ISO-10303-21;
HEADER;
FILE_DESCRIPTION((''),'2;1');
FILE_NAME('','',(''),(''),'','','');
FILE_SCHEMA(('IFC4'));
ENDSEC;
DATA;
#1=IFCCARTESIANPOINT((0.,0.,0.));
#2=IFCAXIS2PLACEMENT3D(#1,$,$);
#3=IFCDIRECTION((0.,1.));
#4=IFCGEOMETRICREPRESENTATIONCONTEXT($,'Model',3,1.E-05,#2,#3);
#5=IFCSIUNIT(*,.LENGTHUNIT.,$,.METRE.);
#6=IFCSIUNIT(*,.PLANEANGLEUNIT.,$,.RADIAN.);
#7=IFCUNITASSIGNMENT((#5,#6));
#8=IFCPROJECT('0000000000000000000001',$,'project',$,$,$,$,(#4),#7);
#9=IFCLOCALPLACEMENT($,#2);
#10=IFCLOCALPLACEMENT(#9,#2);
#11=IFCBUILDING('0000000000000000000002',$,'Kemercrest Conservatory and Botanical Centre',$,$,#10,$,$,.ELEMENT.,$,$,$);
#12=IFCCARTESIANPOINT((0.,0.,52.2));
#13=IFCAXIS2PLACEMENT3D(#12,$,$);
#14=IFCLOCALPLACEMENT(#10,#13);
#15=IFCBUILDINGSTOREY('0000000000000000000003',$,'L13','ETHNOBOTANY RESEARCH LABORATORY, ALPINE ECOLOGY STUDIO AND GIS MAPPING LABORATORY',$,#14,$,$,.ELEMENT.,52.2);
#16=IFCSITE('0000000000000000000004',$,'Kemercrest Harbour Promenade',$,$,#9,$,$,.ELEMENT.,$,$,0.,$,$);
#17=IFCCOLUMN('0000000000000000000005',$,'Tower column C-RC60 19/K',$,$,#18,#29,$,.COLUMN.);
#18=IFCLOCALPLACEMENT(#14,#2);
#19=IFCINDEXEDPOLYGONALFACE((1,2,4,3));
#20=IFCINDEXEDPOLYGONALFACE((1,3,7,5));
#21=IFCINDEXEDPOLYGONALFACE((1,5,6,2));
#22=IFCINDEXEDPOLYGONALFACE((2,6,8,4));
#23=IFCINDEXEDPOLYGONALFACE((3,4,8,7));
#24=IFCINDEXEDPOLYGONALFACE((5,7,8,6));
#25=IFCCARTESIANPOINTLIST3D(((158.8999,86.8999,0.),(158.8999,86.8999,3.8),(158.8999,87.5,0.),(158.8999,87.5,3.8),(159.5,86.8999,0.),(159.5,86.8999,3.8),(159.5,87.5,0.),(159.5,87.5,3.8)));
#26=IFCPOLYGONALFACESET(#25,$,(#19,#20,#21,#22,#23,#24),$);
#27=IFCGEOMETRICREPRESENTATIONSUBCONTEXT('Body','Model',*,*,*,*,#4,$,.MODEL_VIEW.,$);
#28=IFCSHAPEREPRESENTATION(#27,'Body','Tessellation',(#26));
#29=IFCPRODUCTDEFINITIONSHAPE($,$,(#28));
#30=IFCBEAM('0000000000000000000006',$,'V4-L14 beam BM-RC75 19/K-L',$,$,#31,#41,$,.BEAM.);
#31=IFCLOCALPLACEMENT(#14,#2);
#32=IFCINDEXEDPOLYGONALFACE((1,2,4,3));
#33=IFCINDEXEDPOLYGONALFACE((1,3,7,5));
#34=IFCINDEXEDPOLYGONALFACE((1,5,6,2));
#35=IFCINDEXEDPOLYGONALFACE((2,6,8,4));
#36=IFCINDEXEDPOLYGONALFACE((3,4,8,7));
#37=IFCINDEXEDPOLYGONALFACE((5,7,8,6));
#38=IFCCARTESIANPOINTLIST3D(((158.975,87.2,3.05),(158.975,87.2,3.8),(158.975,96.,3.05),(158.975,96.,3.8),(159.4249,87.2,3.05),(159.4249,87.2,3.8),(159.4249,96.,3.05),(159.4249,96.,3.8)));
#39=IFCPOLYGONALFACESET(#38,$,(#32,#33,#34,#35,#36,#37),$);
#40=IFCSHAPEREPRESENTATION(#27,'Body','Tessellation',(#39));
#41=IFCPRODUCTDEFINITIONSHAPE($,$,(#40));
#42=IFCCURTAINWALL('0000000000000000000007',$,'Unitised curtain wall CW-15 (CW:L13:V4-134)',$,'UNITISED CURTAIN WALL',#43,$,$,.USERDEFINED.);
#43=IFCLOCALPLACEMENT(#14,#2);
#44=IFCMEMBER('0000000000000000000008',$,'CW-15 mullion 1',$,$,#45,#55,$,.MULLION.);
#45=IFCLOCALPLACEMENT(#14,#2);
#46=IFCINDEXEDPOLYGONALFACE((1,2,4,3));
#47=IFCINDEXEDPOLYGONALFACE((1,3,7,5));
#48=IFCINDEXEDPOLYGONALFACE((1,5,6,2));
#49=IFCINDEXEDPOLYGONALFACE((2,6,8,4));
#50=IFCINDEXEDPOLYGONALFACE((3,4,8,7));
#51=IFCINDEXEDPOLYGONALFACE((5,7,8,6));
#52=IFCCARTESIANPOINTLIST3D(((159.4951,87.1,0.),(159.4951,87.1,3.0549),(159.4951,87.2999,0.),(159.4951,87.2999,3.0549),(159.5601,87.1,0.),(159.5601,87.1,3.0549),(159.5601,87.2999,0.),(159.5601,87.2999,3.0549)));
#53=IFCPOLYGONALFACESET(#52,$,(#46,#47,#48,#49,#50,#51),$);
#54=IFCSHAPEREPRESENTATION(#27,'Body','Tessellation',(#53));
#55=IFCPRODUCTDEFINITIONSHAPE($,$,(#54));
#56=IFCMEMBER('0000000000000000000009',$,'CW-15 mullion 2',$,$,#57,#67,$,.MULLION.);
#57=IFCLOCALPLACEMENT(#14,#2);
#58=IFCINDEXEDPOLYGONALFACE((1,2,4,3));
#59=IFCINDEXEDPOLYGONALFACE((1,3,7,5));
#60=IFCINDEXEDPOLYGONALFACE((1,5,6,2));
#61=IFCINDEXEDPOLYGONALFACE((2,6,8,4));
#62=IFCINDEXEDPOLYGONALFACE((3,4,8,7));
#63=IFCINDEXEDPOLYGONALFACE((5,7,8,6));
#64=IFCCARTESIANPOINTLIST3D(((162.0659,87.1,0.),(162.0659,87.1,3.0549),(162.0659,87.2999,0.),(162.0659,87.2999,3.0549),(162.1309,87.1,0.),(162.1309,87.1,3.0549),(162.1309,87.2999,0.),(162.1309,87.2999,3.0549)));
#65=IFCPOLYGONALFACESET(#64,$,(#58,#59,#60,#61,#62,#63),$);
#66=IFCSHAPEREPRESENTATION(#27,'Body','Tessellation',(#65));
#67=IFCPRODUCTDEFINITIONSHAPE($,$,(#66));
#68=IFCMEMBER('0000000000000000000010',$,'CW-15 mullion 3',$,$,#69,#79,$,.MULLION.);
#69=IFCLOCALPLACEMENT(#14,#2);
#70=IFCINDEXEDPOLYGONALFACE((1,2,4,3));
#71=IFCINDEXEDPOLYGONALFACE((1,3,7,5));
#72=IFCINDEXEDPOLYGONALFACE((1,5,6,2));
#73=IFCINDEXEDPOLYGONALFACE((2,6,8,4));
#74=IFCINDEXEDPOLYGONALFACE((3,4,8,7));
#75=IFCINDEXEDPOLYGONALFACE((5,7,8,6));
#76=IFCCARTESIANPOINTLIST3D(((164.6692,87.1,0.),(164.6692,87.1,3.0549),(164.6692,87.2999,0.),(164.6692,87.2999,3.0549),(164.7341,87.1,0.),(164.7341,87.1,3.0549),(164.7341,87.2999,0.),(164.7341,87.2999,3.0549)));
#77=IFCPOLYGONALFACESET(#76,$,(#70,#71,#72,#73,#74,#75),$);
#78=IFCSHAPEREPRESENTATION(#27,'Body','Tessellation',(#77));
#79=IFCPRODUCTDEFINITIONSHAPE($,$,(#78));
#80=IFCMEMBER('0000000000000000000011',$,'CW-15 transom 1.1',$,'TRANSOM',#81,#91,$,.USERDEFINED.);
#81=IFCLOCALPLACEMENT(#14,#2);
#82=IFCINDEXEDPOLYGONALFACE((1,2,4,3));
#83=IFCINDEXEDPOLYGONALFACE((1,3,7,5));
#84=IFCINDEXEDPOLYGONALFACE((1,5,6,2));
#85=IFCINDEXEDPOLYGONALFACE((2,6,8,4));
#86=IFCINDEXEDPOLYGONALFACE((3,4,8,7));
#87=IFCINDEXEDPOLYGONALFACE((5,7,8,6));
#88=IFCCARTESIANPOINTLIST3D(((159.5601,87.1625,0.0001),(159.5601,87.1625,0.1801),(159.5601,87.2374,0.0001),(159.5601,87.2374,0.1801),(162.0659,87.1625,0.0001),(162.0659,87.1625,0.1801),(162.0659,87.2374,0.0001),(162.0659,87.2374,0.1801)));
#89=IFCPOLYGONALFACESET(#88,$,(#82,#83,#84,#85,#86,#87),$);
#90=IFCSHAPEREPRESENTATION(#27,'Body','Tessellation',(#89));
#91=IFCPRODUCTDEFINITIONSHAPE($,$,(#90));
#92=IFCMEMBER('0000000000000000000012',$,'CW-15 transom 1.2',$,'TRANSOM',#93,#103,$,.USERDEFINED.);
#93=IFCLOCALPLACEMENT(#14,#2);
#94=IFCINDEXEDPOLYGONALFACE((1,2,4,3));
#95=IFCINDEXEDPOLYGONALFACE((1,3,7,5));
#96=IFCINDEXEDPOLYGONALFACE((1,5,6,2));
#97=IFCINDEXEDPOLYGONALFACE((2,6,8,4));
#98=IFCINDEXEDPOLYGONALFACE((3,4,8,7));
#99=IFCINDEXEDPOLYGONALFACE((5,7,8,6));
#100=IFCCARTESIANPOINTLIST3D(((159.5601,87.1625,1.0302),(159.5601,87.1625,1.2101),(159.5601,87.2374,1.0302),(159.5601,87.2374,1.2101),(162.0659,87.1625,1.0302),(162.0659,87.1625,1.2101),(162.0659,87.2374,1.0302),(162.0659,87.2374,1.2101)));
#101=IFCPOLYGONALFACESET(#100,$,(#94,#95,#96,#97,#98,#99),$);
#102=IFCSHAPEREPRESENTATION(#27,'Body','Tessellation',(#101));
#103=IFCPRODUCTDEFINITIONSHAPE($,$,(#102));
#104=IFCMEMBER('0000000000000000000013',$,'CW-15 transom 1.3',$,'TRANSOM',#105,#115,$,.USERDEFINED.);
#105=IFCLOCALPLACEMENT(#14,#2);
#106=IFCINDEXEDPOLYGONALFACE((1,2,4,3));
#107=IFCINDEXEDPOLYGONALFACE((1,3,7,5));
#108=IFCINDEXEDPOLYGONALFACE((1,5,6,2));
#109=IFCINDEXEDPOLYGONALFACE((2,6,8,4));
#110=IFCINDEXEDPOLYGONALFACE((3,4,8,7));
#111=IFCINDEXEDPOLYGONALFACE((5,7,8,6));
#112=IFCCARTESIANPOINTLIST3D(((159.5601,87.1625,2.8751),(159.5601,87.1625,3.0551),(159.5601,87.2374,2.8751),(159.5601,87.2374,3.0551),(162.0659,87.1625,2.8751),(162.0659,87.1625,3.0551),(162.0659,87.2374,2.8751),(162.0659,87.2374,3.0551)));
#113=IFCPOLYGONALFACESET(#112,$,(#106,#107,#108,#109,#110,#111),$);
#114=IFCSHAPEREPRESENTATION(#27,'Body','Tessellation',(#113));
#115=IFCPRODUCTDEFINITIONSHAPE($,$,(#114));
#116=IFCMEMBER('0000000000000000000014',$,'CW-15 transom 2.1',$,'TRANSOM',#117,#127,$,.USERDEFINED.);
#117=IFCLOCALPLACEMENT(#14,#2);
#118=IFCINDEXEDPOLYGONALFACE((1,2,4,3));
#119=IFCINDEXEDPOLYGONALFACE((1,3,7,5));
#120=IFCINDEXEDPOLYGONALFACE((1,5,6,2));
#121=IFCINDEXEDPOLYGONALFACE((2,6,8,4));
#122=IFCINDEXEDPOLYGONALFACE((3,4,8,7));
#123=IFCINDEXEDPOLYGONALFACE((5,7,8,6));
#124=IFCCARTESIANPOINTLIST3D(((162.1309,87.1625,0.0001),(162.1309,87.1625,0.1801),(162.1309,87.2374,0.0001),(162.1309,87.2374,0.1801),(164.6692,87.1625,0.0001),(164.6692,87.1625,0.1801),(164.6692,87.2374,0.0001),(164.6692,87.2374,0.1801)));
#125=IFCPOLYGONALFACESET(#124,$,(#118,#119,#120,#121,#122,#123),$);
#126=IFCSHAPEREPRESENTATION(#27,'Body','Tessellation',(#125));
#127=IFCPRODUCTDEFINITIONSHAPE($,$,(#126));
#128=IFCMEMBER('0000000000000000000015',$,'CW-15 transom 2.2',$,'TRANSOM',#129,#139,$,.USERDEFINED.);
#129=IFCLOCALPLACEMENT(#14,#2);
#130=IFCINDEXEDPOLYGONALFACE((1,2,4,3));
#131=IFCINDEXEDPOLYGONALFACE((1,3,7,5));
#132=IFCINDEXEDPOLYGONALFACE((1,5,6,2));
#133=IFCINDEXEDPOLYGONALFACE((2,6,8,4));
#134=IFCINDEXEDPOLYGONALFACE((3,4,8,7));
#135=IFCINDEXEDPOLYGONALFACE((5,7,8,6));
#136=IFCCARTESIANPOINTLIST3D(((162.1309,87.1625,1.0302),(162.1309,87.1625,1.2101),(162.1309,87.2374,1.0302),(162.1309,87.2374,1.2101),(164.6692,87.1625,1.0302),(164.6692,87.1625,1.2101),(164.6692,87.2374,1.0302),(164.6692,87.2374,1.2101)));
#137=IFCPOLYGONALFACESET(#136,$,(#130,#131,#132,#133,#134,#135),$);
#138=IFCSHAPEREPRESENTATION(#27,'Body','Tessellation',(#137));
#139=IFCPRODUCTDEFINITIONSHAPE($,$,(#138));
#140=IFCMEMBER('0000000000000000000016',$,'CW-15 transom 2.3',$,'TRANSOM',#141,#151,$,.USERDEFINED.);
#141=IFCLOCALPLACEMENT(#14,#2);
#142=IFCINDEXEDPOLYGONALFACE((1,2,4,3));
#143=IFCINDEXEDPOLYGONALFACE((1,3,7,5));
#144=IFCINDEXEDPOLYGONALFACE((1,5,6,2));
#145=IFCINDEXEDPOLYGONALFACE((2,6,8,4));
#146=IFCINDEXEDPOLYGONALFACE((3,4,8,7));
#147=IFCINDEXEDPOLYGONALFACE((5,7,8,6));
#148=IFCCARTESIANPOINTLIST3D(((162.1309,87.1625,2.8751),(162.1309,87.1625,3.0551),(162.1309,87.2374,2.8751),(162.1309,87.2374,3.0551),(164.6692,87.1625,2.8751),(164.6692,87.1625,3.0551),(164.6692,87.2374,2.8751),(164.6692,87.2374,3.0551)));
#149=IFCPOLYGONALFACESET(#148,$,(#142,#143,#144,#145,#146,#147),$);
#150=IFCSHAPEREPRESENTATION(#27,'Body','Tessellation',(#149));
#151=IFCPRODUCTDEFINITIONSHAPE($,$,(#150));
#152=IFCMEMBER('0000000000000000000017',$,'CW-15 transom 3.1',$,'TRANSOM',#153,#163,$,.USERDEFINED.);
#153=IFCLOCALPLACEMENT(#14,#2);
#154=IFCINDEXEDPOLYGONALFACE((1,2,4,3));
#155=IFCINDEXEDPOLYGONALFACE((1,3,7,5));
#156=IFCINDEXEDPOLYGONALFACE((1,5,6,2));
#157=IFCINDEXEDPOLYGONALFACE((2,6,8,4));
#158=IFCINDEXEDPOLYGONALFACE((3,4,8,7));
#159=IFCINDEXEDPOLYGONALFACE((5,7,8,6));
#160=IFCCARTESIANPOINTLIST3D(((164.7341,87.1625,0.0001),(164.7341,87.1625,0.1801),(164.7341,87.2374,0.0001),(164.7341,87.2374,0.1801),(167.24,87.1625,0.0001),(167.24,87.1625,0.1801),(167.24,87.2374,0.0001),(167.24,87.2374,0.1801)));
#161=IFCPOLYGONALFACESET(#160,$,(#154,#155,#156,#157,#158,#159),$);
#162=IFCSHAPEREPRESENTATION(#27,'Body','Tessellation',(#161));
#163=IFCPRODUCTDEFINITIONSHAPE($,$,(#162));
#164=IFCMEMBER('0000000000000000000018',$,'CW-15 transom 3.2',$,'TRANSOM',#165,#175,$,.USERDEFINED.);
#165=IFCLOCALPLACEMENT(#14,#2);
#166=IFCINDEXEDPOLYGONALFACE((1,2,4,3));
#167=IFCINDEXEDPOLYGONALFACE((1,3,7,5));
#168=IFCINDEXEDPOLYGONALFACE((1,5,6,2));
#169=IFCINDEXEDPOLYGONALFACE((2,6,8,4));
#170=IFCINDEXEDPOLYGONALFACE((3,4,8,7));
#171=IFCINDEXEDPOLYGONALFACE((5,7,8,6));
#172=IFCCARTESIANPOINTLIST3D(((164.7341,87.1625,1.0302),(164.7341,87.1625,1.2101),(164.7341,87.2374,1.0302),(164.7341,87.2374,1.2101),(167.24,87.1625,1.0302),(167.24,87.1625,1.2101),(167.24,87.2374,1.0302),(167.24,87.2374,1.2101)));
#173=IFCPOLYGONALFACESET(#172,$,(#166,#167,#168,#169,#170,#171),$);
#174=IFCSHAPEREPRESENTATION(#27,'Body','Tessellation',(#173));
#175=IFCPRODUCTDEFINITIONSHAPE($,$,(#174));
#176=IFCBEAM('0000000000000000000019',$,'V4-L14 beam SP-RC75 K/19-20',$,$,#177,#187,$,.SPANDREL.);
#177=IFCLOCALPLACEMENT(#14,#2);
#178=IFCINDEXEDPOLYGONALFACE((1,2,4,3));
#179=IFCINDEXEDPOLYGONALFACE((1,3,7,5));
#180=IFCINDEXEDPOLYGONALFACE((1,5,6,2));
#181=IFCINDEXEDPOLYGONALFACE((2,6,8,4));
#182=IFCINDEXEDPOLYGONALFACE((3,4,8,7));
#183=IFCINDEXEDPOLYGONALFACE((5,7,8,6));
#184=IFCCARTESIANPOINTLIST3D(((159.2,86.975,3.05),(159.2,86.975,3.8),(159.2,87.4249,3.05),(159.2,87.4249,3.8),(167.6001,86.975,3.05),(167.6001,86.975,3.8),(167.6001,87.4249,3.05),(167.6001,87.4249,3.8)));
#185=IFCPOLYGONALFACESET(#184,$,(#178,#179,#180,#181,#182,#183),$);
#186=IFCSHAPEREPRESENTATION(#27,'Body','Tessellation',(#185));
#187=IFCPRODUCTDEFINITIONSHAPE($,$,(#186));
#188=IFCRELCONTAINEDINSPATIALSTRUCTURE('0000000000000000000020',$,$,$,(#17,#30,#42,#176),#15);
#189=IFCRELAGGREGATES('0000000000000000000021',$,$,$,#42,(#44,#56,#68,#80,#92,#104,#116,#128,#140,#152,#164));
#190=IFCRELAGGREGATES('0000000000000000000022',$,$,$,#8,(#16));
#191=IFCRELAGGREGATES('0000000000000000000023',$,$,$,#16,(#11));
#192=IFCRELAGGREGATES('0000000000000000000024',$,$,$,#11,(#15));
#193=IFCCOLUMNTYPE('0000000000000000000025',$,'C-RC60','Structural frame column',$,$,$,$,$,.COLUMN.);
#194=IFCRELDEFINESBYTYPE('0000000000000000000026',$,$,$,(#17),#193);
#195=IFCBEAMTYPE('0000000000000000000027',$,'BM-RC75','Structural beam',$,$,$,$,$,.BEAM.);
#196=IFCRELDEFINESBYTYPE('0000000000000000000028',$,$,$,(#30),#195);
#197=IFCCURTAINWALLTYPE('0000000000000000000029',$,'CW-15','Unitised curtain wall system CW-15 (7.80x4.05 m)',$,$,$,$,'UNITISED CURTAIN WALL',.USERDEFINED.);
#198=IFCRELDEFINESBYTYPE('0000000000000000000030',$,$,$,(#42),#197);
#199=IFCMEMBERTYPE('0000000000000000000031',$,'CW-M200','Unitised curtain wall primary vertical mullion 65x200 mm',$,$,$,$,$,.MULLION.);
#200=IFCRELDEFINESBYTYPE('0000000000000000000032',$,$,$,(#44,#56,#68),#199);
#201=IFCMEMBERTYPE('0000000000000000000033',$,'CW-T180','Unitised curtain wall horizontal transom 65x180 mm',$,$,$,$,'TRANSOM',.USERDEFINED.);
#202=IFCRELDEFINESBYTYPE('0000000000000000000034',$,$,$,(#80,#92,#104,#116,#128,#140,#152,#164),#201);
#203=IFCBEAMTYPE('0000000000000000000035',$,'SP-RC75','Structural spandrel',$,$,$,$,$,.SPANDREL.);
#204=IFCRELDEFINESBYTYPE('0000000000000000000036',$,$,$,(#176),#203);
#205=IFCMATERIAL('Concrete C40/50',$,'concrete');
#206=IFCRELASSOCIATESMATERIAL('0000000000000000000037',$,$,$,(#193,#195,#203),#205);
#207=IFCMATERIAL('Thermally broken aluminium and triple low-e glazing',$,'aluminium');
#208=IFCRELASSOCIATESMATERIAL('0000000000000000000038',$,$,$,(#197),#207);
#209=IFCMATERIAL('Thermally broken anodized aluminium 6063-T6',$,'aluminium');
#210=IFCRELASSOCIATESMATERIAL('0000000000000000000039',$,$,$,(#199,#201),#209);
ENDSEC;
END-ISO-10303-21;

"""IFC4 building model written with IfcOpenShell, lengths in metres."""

from ifc_helpers import new_model, si_unit, direction, frame, origin, origin_2d, place, context, subcontext, project, spatial, rectangle, extrude, material, material_profile, profile_set, type_object, element, aggregate, save


model = new_model("IFC4")

# Units and contexts
model_context = context("Model", 3, precision=1e-05, world=origin(), true_north=direction((0.0, 1.0)))
body_context = subcontext(model_context, "Body", "Model", "MODEL_VIEW")
ifc_project = project(units=[si_unit("LENGTHUNIT", "METRE"), si_unit("PLANEANGLEUNIT", "RADIAN")], contexts=[model_context])

# Site, building, storey
site_placement = place(None, origin())
site = spatial("IfcSite", under=ifc_project, at=site_placement, Name="Kemercrest Harbour Promenade", CompositionType="ELEMENT", RefElevation=0.0)
building_placement = place(site_placement, origin())
building = spatial("IfcBuilding", under=site, at=building_placement, Name="Kemercrest Conservatory and Botanical Centre", CompositionType="ELEMENT")
storey_placement = place(building_placement, frame((0.0, 0.0, 52.2)))
storey = spatial("IfcBuildingStorey", under=building, at=storey_placement, Name="L13", Description="ETHNOBOTANY RESEARCH LABORATORY, ALPINE ECOLOGY STUDIO AND GIS MAPPING LABORATORY", CompositionType="ELEMENT", Elevation=52.2)

# Column
ifc_material_1 = material(Name="Concrete C40/50", Category="concrete")
ifc_material_profile_1 = material_profile(ifc_material_1, rectangle(XDim=0.6001, YDim=0.6001, at=origin_2d()), Name="RC 600x600")
ifc_profile_set_1 = profile_set([ifc_material_profile_1], Name="Concrete C40/50")
column_type = type_object("IfcColumnType", Name="C-RC60", Description="Structural frame column", PredefinedType="COLUMN", material=ifc_profile_set_1)
column_placement = place(storey_placement, frame((159.2, 87.2, 0.0), z_axis=(0.0, 0.0, 1.0), x_axis=(1.0, 0.0, 0.0)))
element("IfcColumn", 1, at=column_placement, inside=storey, type_object=column_type, Name="Tower column C-RC60 19/K", PredefinedType="COLUMN", context=body_context, shape_type="SweptSolid", body=[
    extrude(rectangle(XDim=0.6001, YDim=0.6001, at=origin_2d()), origin(), (0.0, 0.0, 1.0), 3.8),
])

# Beam
ifc_material_profile_2 = material_profile(ifc_material_1, rectangle(XDim=0.45, YDim=0.75, at=origin_2d()), Name="RC 450x750")
ifc_profile_set_2 = profile_set([ifc_material_profile_2], Name="Concrete C40/50")
beam_type_1 = type_object("IfcBeamType", Name="BM-RC75", Description="Structural beam", PredefinedType="BEAM", material=ifc_profile_set_2)
beam_1_placement = place(storey_placement, frame((159.2, 87.2, 3.425), z_axis=(0.0, 1.0, 0.0), x_axis=(-1.0, 0.0, 0.0)))
element("IfcBeam", 2, at=beam_1_placement, inside=storey, type_object=beam_type_1, Name="V4-L14 beam BM-RC75 19/K-L", PredefinedType="BEAM", context=body_context, shape_type="SweptSolid", body=[
    extrude(rectangle(XDim=0.45, YDim=0.75, at=origin_2d()), origin(), (0.0, 0.0, 1.0), 8.8),
])

# Curtain wall, members
ifc_material_2 = material(Name="Thermally broken aluminium and triple low-e glazing", Category="aluminium")
curtain_wall_type = type_object("IfcCurtainWallType", Name="CW-15", Description="Unitised curtain wall system CW-15 (7.80x4.05 m)", ElementType="UNITISED CURTAIN WALL", PredefinedType="USERDEFINED", material=ifc_material_2)
curtain_wall_placement = place(storey_placement, origin())
curtain_wall = element("IfcCurtainWall", 3, at=curtain_wall_placement, inside=storey, type_object=curtain_wall_type, Name="Unitised curtain wall CW-15 (CW:L13:V4-134)", ObjectType="UNITISED CURTAIN WALL", PredefinedType="USERDEFINED")
ifc_material_3 = material(Name="Thermally broken anodized aluminium 6063-T6", Category="aluminium")
ifc_material_profile_3 = material_profile(ifc_material_3, rectangle(XDim=0.2, YDim=0.0649, at=origin_2d()), Name="AL MULLION 65x200")
ifc_profile_set_3 = profile_set([ifc_material_profile_3], Name="Thermally broken anodized aluminium 6063-T6")
member_type_1 = type_object("IfcMemberType", Name="CW-M200", Description="Unitised curtain wall primary vertical mullion 65x200 mm", PredefinedType="MULLION", material=ifc_profile_set_3)
member_1_placement = place(storey_placement, frame((159.5276, 87.2, 0.0), z_axis=(0.0, 0.0, 1.0), x_axis=(0.0, 1.0, 0.0)))
member_1 = element("IfcMember", 4, at=member_1_placement, type_object=member_type_1, Name="CW-15 mullion 1", PredefinedType="MULLION", context=body_context, shape_type="SweptSolid", body=[
    extrude(rectangle(XDim=0.2, YDim=0.0649, at=origin_2d()), origin(), (0.0, 0.0, 1.0), 3.0549),
])
member_2_placement = place(storey_placement, frame((162.0984, 87.2, 0.0), z_axis=(0.0, 0.0, 1.0), x_axis=(0.0, 1.0, 0.0)))
member_2 = element("IfcMember", 5, at=member_2_placement, type_object=member_type_1, Name="CW-15 mullion 2", PredefinedType="MULLION", context=body_context, shape_type="SweptSolid", body=[
    extrude(rectangle(XDim=0.2, YDim=0.0649, at=origin_2d()), origin(), (0.0, 0.0, 1.0), 3.0549),
])
member_3_placement = place(storey_placement, frame((164.7017, 87.2, 0.0), z_axis=(0.0, 0.0, 1.0), x_axis=(0.0, 1.0, 0.0)))
member_3 = element("IfcMember", 6, at=member_3_placement, type_object=member_type_1, Name="CW-15 mullion 3", PredefinedType="MULLION", context=body_context, shape_type="SweptSolid", body=[
    extrude(rectangle(XDim=0.2, YDim=0.0649, at=origin_2d()), origin(), (0.0, 0.0, 1.0), 3.0549),
])
ifc_material_profile_4 = material_profile(ifc_material_3, rectangle(XDim=0.075, YDim=0.1799, at=origin_2d()), Name="AL TRANSOM 75x180")
ifc_profile_set_4 = profile_set([ifc_material_profile_4], Name="Thermally broken anodized aluminium 6063-T6")
member_type_2 = type_object("IfcMemberType", Name="CW-T180", Description="Unitised curtain wall horizontal transom 65x180 mm", ElementType="TRANSOM", PredefinedType="USERDEFINED", material=ifc_profile_set_4)
member_4_placement = place(storey_placement, frame((159.5601, 87.2, 0.0901), z_axis=(1.0, 0.0, 0.0), x_axis=(0.0, 1.0, 0.0)))
member_4 = element("IfcMember", 7, at=member_4_placement, type_object=member_type_2, Name="CW-15 transom 1.1", ObjectType="TRANSOM", PredefinedType="USERDEFINED", context=body_context, shape_type="SweptSolid", body=[
    extrude(rectangle(XDim=0.075, YDim=0.1799, at=origin_2d()), origin(), (0.0, 0.0, 1.0), 2.5059),
])
member_5_placement = place(storey_placement, frame((159.5601, 87.2, 1.1201), z_axis=(1.0, 0.0, 0.0), x_axis=(0.0, 1.0, 0.0)))
member_5 = element("IfcMember", 8, at=member_5_placement, type_object=member_type_2, Name="CW-15 transom 1.2", ObjectType="TRANSOM", PredefinedType="USERDEFINED", context=body_context, shape_type="SweptSolid", body=[
    extrude(rectangle(XDim=0.075, YDim=0.1799, at=origin_2d()), origin(), (0.0, 0.0, 1.0), 2.5059),
])
member_6_placement = place(storey_placement, frame((159.5601, 87.2, 2.9651), z_axis=(1.0, 0.0, 0.0), x_axis=(0.0, 1.0, 0.0)))
member_6 = element("IfcMember", 9, at=member_6_placement, type_object=member_type_2, Name="CW-15 transom 1.3", ObjectType="TRANSOM", PredefinedType="USERDEFINED", context=body_context, shape_type="SweptSolid", body=[
    extrude(rectangle(XDim=0.075, YDim=0.1799, at=origin_2d()), origin(), (0.0, 0.0, 1.0), 2.5059),
])
member_7_placement = place(storey_placement, frame((162.1309, 87.2, 0.0901), z_axis=(1.0, 0.0, 0.0), x_axis=(0.0, 1.0, 0.0)))
member_7 = element("IfcMember", 10, at=member_7_placement, type_object=member_type_2, Name="CW-15 transom 2.1", ObjectType="TRANSOM", PredefinedType="USERDEFINED", context=body_context, shape_type="SweptSolid", body=[
    extrude(rectangle(XDim=0.075, YDim=0.1799, at=origin_2d()), origin(), (0.0, 0.0, 1.0), 2.5383),
])
member_8_placement = place(storey_placement, frame((162.1309, 87.2, 1.1201), z_axis=(1.0, 0.0, 0.0), x_axis=(0.0, 1.0, 0.0)))
member_8 = element("IfcMember", 11, at=member_8_placement, type_object=member_type_2, Name="CW-15 transom 2.2", ObjectType="TRANSOM", PredefinedType="USERDEFINED", context=body_context, shape_type="SweptSolid", body=[
    extrude(rectangle(XDim=0.075, YDim=0.1799, at=origin_2d()), origin(), (0.0, 0.0, 1.0), 2.5383),
])
member_9_placement = place(storey_placement, frame((162.1309, 87.2, 2.9651), z_axis=(1.0, 0.0, 0.0), x_axis=(0.0, 1.0, 0.0)))
member_9 = element("IfcMember", 12, at=member_9_placement, type_object=member_type_2, Name="CW-15 transom 2.3", ObjectType="TRANSOM", PredefinedType="USERDEFINED", context=body_context, shape_type="SweptSolid", body=[
    extrude(rectangle(XDim=0.075, YDim=0.1799, at=origin_2d()), origin(), (0.0, 0.0, 1.0), 2.5383),
])
member_10_placement = place(storey_placement, frame((164.7341, 87.2, 0.0901), z_axis=(1.0, 0.0, 0.0), x_axis=(0.0, 1.0, 0.0)))
member_10 = element("IfcMember", 13, at=member_10_placement, type_object=member_type_2, Name="CW-15 transom 3.1", ObjectType="TRANSOM", PredefinedType="USERDEFINED", context=body_context, shape_type="SweptSolid", body=[
    extrude(rectangle(XDim=0.075, YDim=0.1799, at=origin_2d()), origin(), (0.0, 0.0, 1.0), 2.5059),
])
member_11_placement = place(storey_placement, frame((164.7341, 87.2, 1.1201), z_axis=(1.0, 0.0, 0.0), x_axis=(0.0, 1.0, 0.0)))
member_11 = element("IfcMember", 14, at=member_11_placement, type_object=member_type_2, Name="CW-15 transom 3.2", ObjectType="TRANSOM", PredefinedType="USERDEFINED", context=body_context, shape_type="SweptSolid", body=[
    extrude(rectangle(XDim=0.075, YDim=0.1799, at=origin_2d()), origin(), (0.0, 0.0, 1.0), 2.5059),
])

# Beam
ifc_material_profile_5 = material_profile(ifc_material_1, rectangle(XDim=0.45, YDim=0.75, at=origin_2d()), Name="RC 450x750")
ifc_profile_set_5 = profile_set([ifc_material_profile_5], Name="Concrete C40/50")
beam_type_2 = type_object("IfcBeamType", Name="SP-RC75", Description="Structural spandrel", PredefinedType="SPANDREL", material=ifc_profile_set_5)
beam_2_placement = place(storey_placement, frame((159.2, 87.2, 3.425), z_axis=(1.0, 0.0, 0.0), x_axis=(0.0, 1.0, 0.0)))
element("IfcBeam", 15, at=beam_2_placement, inside=storey, type_object=beam_type_2, Name="V4-L14 beam SP-RC75 K/19-20", PredefinedType="SPANDREL", context=body_context, shape_type="SweptSolid", body=[
    extrude(rectangle(XDim=0.45, YDim=0.75, at=origin_2d()), origin(), (0.0, 0.0, 1.0), 8.4001),
])

aggregate(curtain_wall, [member_1, member_2, member_3, member_4, member_5, member_6, member_7, member_8, member_9, member_10, member_11])

save(model, "model.ifc")
